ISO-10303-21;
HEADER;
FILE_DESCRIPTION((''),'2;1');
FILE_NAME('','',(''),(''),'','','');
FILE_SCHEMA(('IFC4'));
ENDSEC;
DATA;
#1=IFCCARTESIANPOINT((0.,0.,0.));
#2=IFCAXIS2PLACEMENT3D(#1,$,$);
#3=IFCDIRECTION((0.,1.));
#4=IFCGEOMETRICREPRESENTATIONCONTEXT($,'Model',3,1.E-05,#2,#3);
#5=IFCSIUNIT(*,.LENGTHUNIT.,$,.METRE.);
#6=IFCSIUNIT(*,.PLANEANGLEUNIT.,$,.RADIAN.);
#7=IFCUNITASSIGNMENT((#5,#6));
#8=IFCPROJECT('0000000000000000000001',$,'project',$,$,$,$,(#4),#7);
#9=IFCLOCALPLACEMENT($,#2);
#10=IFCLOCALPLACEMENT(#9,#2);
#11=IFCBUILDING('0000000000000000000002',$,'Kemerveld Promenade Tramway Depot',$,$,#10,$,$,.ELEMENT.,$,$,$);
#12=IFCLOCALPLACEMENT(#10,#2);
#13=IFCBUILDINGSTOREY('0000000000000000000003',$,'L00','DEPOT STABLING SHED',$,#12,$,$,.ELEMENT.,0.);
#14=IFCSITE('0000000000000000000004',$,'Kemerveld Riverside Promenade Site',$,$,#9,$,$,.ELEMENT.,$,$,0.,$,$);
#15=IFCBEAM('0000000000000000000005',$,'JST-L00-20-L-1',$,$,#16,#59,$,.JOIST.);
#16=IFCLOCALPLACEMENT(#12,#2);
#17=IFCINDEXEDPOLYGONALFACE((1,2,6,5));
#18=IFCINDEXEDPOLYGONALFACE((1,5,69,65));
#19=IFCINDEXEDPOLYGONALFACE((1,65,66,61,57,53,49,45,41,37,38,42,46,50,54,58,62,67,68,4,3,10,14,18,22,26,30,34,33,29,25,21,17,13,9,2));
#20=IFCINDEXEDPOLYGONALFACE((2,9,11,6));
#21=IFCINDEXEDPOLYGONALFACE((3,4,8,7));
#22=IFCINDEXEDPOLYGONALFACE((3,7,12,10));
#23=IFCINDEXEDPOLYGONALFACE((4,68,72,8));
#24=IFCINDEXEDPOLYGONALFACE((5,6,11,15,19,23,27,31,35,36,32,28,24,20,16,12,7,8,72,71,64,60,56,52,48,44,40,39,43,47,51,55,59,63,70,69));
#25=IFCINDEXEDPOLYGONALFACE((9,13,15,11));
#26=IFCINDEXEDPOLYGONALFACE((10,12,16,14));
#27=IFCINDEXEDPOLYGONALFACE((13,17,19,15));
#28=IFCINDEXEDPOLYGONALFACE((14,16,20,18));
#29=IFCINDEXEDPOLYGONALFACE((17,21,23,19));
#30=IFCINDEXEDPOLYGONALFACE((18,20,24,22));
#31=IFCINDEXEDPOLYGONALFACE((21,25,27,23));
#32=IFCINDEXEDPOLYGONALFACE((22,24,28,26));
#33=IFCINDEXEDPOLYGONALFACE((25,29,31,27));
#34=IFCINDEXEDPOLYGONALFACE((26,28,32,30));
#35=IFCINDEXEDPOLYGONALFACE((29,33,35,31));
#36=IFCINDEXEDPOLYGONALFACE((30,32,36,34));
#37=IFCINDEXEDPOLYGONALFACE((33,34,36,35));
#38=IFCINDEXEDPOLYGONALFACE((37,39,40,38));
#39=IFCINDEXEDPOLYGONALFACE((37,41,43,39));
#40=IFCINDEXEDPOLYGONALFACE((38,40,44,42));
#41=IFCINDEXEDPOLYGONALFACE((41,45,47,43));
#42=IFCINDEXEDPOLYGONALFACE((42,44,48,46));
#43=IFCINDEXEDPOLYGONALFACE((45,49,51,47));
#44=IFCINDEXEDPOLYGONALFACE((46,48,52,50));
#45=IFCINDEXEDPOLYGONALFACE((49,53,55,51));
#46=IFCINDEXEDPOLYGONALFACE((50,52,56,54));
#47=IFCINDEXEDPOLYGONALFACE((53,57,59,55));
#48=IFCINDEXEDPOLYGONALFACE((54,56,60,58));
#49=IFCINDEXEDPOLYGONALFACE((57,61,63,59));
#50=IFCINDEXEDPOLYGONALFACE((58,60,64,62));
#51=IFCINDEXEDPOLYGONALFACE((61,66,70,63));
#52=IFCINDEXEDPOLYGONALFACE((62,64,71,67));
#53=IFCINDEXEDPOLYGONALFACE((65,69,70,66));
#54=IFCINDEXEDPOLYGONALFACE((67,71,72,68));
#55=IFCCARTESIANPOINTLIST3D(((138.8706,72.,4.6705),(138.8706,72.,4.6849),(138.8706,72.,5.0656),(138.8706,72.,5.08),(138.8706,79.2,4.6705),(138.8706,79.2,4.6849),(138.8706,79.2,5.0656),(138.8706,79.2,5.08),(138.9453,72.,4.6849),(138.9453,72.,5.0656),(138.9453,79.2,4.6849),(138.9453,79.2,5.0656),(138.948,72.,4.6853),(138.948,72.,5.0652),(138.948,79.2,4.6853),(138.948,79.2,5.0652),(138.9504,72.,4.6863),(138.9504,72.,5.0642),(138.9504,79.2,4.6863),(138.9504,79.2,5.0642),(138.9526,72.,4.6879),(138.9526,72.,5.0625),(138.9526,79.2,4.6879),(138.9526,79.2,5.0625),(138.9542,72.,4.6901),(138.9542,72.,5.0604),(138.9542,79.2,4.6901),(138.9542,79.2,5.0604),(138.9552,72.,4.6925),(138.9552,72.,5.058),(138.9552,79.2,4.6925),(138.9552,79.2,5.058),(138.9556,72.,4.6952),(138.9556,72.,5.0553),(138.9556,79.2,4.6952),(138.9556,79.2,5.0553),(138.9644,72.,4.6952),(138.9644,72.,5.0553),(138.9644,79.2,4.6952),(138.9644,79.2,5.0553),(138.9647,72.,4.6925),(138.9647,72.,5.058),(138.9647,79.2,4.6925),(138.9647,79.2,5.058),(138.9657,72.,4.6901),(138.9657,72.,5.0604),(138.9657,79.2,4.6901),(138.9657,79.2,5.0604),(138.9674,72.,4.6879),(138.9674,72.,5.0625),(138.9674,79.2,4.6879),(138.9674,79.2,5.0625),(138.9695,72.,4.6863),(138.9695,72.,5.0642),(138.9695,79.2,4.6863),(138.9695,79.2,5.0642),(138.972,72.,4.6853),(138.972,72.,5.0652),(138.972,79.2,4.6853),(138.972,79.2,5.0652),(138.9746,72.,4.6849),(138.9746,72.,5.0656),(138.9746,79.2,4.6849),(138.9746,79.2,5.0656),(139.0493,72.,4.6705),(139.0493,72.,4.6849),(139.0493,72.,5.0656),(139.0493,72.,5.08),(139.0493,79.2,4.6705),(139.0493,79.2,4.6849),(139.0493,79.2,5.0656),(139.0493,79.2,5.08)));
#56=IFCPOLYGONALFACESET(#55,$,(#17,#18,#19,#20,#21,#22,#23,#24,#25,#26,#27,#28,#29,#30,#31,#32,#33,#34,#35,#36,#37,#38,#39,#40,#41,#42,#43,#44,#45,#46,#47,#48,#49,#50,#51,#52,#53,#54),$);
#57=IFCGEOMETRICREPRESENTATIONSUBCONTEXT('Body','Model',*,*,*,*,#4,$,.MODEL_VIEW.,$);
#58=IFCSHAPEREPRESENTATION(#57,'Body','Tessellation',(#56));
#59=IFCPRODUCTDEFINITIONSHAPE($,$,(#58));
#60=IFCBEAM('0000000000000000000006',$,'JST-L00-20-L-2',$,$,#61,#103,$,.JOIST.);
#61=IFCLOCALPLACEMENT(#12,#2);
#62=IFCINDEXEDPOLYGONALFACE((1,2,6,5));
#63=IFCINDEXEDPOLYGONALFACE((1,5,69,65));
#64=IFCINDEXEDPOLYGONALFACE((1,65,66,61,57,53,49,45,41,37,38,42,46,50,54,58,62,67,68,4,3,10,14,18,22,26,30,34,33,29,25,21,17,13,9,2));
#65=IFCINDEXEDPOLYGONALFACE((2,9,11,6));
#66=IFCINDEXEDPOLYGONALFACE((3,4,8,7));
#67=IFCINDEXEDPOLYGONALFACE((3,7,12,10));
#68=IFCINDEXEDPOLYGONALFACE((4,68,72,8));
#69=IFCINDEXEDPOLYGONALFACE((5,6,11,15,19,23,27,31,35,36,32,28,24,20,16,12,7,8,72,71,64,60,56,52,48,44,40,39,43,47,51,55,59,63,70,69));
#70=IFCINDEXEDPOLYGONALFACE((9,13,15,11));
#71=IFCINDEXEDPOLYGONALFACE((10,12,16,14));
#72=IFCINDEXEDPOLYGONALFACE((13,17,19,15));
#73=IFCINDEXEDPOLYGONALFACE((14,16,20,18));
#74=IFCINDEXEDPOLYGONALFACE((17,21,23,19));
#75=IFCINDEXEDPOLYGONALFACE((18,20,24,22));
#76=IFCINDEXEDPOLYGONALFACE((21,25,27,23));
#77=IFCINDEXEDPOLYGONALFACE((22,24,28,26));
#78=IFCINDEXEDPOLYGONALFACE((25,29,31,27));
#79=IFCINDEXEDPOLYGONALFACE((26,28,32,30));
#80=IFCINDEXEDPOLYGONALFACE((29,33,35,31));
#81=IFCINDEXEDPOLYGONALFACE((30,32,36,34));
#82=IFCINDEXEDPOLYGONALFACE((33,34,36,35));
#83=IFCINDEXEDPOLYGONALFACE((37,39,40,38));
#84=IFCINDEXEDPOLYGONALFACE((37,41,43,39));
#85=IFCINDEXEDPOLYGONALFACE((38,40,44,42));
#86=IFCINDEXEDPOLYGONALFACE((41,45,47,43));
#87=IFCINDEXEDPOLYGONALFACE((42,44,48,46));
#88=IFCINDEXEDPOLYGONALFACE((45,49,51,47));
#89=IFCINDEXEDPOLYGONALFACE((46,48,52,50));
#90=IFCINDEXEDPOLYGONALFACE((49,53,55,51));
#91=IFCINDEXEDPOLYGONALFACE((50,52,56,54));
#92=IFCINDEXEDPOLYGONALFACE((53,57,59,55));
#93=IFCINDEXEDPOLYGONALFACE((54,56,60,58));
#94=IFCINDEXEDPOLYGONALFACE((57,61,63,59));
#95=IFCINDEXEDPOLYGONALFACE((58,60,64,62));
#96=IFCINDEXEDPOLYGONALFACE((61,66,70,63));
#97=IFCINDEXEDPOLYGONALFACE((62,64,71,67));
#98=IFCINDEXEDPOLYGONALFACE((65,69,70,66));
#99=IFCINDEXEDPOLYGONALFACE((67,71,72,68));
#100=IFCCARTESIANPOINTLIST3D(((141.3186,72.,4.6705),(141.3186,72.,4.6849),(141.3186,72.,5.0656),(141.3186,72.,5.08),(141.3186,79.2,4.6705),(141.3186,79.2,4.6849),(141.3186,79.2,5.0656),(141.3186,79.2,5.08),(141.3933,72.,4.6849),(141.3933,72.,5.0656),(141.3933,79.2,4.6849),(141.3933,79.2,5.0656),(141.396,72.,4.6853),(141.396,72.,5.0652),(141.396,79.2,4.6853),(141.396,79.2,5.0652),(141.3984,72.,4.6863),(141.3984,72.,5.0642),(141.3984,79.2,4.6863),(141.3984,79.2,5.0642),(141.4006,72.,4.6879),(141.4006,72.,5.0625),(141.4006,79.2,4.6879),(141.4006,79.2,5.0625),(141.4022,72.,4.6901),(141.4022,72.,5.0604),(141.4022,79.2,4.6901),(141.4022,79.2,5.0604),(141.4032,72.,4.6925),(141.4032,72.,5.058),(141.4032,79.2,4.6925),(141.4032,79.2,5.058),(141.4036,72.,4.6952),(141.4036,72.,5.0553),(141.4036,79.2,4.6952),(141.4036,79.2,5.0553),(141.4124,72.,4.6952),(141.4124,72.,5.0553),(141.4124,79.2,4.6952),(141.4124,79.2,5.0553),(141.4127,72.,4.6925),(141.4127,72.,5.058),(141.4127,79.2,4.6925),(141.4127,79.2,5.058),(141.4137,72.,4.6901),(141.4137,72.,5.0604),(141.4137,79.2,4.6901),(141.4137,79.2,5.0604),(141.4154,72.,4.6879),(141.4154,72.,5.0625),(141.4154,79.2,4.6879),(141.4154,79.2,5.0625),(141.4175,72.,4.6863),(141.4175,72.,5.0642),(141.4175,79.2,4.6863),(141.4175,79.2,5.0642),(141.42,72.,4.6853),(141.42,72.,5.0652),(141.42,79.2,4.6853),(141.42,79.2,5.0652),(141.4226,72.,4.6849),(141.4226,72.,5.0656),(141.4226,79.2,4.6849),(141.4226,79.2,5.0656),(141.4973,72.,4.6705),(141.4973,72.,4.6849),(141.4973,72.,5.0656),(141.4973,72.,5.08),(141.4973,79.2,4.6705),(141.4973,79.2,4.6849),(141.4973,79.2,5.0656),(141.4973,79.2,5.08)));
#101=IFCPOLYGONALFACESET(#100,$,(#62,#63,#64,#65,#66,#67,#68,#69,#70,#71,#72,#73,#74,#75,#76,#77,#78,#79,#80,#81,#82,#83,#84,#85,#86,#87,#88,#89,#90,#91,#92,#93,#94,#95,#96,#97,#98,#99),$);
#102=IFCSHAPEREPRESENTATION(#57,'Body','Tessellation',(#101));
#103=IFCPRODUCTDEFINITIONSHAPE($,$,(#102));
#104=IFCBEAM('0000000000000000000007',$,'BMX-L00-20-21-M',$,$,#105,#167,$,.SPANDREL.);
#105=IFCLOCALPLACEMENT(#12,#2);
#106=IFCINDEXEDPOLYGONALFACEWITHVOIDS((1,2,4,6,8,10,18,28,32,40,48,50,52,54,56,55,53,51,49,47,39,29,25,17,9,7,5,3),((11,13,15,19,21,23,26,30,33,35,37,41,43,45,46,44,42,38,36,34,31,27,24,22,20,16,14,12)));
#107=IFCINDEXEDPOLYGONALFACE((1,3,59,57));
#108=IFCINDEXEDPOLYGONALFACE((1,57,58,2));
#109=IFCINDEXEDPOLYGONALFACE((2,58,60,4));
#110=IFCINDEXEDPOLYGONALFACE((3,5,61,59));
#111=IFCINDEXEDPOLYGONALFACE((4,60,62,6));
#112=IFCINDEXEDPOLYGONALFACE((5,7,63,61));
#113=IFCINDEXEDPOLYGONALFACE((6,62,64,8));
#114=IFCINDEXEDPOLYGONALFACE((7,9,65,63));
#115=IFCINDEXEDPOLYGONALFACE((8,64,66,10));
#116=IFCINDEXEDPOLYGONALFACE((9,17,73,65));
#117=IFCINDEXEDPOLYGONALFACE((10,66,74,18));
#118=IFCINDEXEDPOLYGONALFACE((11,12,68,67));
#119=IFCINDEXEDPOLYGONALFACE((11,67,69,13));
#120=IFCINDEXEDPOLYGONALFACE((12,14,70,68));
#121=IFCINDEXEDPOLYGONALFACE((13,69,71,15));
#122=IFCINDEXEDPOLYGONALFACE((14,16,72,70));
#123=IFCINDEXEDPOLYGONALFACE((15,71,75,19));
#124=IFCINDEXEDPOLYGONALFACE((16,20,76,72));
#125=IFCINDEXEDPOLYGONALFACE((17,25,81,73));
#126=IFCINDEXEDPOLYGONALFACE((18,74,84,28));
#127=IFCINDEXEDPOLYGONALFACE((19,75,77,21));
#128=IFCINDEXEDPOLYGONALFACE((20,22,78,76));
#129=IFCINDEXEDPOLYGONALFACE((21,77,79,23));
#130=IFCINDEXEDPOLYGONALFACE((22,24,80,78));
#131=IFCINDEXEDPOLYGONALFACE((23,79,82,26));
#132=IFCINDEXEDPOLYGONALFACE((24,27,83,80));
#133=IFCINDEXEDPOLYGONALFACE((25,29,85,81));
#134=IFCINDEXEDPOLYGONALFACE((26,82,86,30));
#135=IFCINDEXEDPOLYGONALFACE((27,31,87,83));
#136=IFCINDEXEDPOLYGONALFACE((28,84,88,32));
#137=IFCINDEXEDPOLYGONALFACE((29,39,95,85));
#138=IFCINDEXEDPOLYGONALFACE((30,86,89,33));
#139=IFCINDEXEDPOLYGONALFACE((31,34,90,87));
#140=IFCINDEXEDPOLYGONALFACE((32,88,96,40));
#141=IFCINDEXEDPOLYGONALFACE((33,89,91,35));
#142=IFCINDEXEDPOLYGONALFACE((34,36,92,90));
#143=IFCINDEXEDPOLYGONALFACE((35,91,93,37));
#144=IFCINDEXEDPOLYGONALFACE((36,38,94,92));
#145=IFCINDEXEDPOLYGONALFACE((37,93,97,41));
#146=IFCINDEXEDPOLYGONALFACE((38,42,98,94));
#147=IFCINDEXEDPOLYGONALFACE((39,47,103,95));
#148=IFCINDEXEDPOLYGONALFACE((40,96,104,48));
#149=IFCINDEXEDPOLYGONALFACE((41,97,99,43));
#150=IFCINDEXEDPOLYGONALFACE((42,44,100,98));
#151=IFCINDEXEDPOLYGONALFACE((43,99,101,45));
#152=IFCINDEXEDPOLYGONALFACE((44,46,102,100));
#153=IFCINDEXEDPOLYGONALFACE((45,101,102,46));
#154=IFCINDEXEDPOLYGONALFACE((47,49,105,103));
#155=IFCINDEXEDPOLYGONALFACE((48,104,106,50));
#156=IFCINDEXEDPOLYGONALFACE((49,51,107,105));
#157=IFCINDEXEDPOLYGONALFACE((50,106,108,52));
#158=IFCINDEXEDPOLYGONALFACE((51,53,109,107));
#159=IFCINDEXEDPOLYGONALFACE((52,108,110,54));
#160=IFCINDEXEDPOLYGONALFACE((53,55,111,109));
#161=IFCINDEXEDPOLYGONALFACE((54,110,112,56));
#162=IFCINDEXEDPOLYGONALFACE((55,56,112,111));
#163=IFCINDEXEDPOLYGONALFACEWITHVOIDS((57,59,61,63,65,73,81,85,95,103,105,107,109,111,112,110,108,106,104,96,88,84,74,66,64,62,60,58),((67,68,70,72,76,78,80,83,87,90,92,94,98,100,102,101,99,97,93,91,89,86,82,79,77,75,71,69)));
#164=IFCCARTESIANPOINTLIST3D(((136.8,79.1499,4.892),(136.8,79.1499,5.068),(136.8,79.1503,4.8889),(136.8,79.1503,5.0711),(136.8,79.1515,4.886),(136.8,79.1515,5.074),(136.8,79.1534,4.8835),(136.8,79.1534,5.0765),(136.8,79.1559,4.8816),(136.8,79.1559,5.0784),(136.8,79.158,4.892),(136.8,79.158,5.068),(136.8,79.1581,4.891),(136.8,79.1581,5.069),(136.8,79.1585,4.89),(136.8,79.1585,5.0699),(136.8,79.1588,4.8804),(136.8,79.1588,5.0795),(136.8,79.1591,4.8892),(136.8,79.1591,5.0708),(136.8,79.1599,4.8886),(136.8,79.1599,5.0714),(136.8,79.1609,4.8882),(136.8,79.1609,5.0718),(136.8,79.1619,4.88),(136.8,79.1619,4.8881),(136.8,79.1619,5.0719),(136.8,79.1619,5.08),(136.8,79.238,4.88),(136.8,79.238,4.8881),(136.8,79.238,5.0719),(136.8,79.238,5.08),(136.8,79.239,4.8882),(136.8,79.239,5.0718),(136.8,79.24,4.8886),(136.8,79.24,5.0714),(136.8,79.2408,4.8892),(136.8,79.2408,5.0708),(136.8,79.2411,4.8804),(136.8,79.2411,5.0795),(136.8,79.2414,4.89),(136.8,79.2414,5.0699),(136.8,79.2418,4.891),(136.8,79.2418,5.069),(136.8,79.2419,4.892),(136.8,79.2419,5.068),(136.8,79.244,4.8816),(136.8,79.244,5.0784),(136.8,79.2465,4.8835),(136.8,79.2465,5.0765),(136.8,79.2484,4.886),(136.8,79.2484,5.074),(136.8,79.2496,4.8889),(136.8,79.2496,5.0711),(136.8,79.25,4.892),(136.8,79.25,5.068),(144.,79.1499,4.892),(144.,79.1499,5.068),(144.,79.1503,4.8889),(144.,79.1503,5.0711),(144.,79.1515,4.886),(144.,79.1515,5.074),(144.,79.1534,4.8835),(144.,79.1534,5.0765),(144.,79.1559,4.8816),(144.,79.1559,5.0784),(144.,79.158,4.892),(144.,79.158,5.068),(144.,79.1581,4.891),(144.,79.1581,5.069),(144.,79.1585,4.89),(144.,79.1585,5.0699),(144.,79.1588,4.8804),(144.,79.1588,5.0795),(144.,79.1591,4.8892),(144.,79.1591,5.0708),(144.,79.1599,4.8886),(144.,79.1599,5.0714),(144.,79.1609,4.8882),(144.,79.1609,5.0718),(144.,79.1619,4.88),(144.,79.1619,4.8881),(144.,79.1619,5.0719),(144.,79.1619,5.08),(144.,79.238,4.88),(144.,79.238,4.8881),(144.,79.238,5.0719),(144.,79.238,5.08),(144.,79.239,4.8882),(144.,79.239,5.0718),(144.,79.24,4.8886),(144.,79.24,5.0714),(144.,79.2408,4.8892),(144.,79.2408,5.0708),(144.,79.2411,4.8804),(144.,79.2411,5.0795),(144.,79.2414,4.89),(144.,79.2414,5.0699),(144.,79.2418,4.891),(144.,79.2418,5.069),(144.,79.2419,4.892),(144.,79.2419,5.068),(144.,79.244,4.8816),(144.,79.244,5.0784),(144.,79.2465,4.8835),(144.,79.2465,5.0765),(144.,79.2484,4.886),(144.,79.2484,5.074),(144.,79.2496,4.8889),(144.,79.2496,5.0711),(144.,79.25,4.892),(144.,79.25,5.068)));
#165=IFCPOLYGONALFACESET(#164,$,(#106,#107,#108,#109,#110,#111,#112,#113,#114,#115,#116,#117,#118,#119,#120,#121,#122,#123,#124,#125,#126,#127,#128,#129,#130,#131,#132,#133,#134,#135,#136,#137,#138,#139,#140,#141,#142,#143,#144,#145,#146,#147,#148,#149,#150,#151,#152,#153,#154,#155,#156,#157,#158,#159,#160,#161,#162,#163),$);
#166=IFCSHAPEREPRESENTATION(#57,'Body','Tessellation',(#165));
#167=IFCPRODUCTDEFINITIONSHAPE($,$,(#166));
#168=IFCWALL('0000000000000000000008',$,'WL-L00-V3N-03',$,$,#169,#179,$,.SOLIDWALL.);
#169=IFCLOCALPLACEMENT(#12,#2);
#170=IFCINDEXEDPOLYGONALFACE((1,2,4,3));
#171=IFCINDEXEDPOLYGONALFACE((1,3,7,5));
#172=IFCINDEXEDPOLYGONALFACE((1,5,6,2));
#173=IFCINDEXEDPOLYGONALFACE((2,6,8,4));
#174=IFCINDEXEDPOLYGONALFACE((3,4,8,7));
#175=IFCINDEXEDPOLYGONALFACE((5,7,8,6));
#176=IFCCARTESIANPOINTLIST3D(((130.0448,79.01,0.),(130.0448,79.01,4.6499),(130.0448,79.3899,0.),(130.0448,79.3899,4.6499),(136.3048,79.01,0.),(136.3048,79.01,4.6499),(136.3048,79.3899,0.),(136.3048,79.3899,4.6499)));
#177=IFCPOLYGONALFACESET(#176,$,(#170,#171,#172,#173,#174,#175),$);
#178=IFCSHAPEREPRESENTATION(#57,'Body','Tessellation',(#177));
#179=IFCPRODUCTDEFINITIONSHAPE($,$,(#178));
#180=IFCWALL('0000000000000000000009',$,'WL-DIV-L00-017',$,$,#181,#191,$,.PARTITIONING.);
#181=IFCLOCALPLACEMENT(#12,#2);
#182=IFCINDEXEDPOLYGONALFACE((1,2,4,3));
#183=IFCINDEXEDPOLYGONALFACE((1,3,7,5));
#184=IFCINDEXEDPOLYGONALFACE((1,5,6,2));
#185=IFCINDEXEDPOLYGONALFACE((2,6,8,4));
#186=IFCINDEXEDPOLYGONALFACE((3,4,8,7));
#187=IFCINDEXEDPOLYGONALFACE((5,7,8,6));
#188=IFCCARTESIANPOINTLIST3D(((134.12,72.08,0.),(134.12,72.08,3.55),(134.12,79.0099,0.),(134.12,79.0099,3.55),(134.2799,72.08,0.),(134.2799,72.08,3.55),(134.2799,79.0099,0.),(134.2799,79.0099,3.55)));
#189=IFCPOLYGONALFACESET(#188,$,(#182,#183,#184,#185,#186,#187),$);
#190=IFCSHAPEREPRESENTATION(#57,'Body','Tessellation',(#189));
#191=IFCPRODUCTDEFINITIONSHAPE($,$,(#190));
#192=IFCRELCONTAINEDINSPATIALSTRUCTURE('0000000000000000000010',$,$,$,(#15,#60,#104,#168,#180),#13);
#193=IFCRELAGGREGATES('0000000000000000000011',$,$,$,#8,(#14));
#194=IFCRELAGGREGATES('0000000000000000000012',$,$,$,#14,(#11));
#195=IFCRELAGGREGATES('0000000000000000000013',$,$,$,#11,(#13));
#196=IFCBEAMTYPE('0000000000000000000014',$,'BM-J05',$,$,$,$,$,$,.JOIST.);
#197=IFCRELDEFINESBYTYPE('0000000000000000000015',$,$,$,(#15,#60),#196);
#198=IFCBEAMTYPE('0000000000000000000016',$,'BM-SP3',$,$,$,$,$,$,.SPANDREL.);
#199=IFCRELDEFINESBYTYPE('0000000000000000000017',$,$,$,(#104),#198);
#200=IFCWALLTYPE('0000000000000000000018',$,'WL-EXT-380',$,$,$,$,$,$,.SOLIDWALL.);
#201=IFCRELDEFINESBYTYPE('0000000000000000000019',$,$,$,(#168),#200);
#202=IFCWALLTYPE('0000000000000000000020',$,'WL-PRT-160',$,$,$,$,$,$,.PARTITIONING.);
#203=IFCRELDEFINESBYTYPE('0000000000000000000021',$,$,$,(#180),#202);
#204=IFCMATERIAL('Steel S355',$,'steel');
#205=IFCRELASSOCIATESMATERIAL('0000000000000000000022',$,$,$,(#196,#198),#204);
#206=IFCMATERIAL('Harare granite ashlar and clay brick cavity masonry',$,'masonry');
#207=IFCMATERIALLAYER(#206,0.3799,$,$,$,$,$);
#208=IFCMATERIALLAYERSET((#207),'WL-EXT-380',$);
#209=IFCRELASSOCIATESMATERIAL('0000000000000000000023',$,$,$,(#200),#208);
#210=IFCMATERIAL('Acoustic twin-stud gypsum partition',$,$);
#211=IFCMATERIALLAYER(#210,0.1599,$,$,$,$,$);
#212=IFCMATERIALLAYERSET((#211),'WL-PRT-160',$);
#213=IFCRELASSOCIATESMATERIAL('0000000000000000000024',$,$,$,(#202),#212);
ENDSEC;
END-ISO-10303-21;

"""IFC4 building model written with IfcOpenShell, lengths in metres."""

from ifc_helpers import new_model, si_unit, direction, frame, frame_2d, origin, origin_2d, place, context, subcontext, project, spatial, rectangle, hollow_rectangle, i_section, extrude, material, layer, layer_set, material_profile, profile_set, type_object, element, save


model = new_model("IFC4")

# Units and contexts
model_context = context("Model", 3, precision=1e-05, world=origin(), true_north=direction((0.0, 1.0)))
body_context = subcontext(model_context, "Body", "Model", "MODEL_VIEW")
ifc_project = project(units=[si_unit("LENGTHUNIT", "METRE"), si_unit("PLANEANGLEUNIT", "RADIAN")], contexts=[model_context])

# Site, building, storey
site_placement = place(None, origin())
site = spatial("IfcSite", under=ifc_project, at=site_placement, Name="Kemerveld Riverside Promenade Site", CompositionType="ELEMENT", RefElevation=0.0)
building_placement = place(site_placement, origin())
building = spatial("IfcBuilding", under=site, at=building_placement, Name="Kemerveld Promenade Tramway Depot", CompositionType="ELEMENT")
storey_placement = place(building_placement, origin())
storey = spatial("IfcBuildingStorey", under=building, at=storey_placement, Name="L00", Description="DEPOT STABLING SHED", CompositionType="ELEMENT", Elevation=0.0)

# Beams
ifc_material_1 = material(Name="Steel S355", Category="steel")
ifc_material_profile_1 = material_profile(ifc_material_1, i_section(OverallWidth=0.1787, OverallDepth=0.4094, WebThickness=0.0088, FlangeThickness=0.0144, FilletRadius=0.0103, at=origin_2d()), Name="406x178x67 UB")
ifc_profile_set_1 = profile_set([ifc_material_profile_1], Name="Steel S355")
beam_type_1 = type_object("IfcBeamType", Name="BM-J05", PredefinedType="JOIST", material=ifc_profile_set_1)
for number, where, z_axis, x_axis, name in (
    (1, (138.96, 72.0, 4.8752), (0.0, 1.0, 0.0), (-1.0, 0.0, 0.0), "JST-L00-20-L-1"),
    (2, (141.408, 72.0, 4.8752), (0.0, 1.0, 0.0), (-1.0, 0.0, 0.0), "JST-L00-20-L-2"),
):
    element("IfcBeam", number, at=place(storey_placement, frame(where, z_axis=z_axis, x_axis=x_axis)), inside=storey, type_object=beam_type_1, Name=name, PredefinedType="JOIST", context=body_context, shape_type="SweptSolid", body=[
        extrude(i_section(OverallWidth=0.1787, OverallDepth=0.4094, WebThickness=0.0088, FlangeThickness=0.0144, FilletRadius=0.0103, at=origin_2d()), origin(), (0.0, 0.0, 1.0), 7.2),
    ])
ifc_material_profile_2 = material_profile(ifc_material_1, hollow_rectangle(XDim=0.1001, YDim=0.2, WallThickness=0.0081, InnerFilletRadius=0.0039, OuterFilletRadius=0.012, at=origin_2d()), Name="200x100x8.0 RHS")
ifc_profile_set_2 = profile_set([ifc_material_profile_2], Name="Steel S355")
beam_type_2 = type_object("IfcBeamType", Name="BM-SP3", PredefinedType="SPANDREL", material=ifc_profile_set_2)
beam_1_placement = place(storey_placement, frame((136.8, 79.2, 4.98), z_axis=(1.0, 0.0, 0.0), x_axis=(0.0, 1.0, 0.0)))
element("IfcBeam", 3, at=beam_1_placement, inside=storey, type_object=beam_type_2, Name="BMX-L00-20-21-M", PredefinedType="SPANDREL", context=body_context, shape_type="SweptSolid", body=[
    extrude(hollow_rectangle(XDim=0.1001, YDim=0.2, WallThickness=0.0081, InnerFilletRadius=0.0039, OuterFilletRadius=0.012, at=origin_2d()), origin(), (0.0, 0.0, 1.0), 7.2),
])

# Wall
ifc_material_2 = material(Name="Harare granite ashlar and clay brick cavity masonry", Category="masonry")
ifc_layer_1 = layer(ifc_material_2, 0.3799)
ifc_layer_set_1 = layer_set([ifc_layer_1], Name="WL-EXT-380")
wall_type_1 = type_object("IfcWallType", Name="WL-EXT-380", PredefinedType="SOLIDWALL", material=ifc_layer_set_1)
wall_1_placement = place(storey_placement, frame((130.0449, 79.2, 0.0), z_axis=(0.0, 0.0, 1.0), x_axis=(1.0, 0.0, 0.0)))
element("IfcWall", 4, at=wall_1_placement, inside=storey, type_object=wall_type_1, Name="WL-L00-V3N-03", PredefinedType="SOLIDWALL", context=body_context, shape_type="SweptSolid", body=[
    extrude(rectangle(XDim=6.26, YDim=0.3799, at=frame_2d((3.1299, 0.0))), origin(), (0.0, 0.0, 1.0), 4.6499),
])

# Wall
ifc_material_3 = material(Name="Acoustic twin-stud gypsum partition")
ifc_layer_2 = layer(ifc_material_3, 0.1599)
ifc_layer_set_2 = layer_set([ifc_layer_2], Name="WL-PRT-160")
wall_type_2 = type_object("IfcWallType", Name="WL-PRT-160", PredefinedType="PARTITIONING", material=ifc_layer_set_2)
wall_2_placement = place(storey_placement, frame((134.2, 72.0801, 0.0), z_axis=(0.0, 0.0, 1.0), x_axis=(0.0, 1.0, 0.0)))
element("IfcWall", 5, at=wall_2_placement, inside=storey, type_object=wall_type_2, Name="WL-DIV-L00-017", PredefinedType="PARTITIONING", context=body_context, shape_type="SweptSolid", body=[
    extrude(rectangle(XDim=6.9299, YDim=0.1599, at=frame_2d((3.4648, 0.0))), origin(), (0.0, 0.0, 1.0), 3.55),
])

save(model, "model.ifc")
